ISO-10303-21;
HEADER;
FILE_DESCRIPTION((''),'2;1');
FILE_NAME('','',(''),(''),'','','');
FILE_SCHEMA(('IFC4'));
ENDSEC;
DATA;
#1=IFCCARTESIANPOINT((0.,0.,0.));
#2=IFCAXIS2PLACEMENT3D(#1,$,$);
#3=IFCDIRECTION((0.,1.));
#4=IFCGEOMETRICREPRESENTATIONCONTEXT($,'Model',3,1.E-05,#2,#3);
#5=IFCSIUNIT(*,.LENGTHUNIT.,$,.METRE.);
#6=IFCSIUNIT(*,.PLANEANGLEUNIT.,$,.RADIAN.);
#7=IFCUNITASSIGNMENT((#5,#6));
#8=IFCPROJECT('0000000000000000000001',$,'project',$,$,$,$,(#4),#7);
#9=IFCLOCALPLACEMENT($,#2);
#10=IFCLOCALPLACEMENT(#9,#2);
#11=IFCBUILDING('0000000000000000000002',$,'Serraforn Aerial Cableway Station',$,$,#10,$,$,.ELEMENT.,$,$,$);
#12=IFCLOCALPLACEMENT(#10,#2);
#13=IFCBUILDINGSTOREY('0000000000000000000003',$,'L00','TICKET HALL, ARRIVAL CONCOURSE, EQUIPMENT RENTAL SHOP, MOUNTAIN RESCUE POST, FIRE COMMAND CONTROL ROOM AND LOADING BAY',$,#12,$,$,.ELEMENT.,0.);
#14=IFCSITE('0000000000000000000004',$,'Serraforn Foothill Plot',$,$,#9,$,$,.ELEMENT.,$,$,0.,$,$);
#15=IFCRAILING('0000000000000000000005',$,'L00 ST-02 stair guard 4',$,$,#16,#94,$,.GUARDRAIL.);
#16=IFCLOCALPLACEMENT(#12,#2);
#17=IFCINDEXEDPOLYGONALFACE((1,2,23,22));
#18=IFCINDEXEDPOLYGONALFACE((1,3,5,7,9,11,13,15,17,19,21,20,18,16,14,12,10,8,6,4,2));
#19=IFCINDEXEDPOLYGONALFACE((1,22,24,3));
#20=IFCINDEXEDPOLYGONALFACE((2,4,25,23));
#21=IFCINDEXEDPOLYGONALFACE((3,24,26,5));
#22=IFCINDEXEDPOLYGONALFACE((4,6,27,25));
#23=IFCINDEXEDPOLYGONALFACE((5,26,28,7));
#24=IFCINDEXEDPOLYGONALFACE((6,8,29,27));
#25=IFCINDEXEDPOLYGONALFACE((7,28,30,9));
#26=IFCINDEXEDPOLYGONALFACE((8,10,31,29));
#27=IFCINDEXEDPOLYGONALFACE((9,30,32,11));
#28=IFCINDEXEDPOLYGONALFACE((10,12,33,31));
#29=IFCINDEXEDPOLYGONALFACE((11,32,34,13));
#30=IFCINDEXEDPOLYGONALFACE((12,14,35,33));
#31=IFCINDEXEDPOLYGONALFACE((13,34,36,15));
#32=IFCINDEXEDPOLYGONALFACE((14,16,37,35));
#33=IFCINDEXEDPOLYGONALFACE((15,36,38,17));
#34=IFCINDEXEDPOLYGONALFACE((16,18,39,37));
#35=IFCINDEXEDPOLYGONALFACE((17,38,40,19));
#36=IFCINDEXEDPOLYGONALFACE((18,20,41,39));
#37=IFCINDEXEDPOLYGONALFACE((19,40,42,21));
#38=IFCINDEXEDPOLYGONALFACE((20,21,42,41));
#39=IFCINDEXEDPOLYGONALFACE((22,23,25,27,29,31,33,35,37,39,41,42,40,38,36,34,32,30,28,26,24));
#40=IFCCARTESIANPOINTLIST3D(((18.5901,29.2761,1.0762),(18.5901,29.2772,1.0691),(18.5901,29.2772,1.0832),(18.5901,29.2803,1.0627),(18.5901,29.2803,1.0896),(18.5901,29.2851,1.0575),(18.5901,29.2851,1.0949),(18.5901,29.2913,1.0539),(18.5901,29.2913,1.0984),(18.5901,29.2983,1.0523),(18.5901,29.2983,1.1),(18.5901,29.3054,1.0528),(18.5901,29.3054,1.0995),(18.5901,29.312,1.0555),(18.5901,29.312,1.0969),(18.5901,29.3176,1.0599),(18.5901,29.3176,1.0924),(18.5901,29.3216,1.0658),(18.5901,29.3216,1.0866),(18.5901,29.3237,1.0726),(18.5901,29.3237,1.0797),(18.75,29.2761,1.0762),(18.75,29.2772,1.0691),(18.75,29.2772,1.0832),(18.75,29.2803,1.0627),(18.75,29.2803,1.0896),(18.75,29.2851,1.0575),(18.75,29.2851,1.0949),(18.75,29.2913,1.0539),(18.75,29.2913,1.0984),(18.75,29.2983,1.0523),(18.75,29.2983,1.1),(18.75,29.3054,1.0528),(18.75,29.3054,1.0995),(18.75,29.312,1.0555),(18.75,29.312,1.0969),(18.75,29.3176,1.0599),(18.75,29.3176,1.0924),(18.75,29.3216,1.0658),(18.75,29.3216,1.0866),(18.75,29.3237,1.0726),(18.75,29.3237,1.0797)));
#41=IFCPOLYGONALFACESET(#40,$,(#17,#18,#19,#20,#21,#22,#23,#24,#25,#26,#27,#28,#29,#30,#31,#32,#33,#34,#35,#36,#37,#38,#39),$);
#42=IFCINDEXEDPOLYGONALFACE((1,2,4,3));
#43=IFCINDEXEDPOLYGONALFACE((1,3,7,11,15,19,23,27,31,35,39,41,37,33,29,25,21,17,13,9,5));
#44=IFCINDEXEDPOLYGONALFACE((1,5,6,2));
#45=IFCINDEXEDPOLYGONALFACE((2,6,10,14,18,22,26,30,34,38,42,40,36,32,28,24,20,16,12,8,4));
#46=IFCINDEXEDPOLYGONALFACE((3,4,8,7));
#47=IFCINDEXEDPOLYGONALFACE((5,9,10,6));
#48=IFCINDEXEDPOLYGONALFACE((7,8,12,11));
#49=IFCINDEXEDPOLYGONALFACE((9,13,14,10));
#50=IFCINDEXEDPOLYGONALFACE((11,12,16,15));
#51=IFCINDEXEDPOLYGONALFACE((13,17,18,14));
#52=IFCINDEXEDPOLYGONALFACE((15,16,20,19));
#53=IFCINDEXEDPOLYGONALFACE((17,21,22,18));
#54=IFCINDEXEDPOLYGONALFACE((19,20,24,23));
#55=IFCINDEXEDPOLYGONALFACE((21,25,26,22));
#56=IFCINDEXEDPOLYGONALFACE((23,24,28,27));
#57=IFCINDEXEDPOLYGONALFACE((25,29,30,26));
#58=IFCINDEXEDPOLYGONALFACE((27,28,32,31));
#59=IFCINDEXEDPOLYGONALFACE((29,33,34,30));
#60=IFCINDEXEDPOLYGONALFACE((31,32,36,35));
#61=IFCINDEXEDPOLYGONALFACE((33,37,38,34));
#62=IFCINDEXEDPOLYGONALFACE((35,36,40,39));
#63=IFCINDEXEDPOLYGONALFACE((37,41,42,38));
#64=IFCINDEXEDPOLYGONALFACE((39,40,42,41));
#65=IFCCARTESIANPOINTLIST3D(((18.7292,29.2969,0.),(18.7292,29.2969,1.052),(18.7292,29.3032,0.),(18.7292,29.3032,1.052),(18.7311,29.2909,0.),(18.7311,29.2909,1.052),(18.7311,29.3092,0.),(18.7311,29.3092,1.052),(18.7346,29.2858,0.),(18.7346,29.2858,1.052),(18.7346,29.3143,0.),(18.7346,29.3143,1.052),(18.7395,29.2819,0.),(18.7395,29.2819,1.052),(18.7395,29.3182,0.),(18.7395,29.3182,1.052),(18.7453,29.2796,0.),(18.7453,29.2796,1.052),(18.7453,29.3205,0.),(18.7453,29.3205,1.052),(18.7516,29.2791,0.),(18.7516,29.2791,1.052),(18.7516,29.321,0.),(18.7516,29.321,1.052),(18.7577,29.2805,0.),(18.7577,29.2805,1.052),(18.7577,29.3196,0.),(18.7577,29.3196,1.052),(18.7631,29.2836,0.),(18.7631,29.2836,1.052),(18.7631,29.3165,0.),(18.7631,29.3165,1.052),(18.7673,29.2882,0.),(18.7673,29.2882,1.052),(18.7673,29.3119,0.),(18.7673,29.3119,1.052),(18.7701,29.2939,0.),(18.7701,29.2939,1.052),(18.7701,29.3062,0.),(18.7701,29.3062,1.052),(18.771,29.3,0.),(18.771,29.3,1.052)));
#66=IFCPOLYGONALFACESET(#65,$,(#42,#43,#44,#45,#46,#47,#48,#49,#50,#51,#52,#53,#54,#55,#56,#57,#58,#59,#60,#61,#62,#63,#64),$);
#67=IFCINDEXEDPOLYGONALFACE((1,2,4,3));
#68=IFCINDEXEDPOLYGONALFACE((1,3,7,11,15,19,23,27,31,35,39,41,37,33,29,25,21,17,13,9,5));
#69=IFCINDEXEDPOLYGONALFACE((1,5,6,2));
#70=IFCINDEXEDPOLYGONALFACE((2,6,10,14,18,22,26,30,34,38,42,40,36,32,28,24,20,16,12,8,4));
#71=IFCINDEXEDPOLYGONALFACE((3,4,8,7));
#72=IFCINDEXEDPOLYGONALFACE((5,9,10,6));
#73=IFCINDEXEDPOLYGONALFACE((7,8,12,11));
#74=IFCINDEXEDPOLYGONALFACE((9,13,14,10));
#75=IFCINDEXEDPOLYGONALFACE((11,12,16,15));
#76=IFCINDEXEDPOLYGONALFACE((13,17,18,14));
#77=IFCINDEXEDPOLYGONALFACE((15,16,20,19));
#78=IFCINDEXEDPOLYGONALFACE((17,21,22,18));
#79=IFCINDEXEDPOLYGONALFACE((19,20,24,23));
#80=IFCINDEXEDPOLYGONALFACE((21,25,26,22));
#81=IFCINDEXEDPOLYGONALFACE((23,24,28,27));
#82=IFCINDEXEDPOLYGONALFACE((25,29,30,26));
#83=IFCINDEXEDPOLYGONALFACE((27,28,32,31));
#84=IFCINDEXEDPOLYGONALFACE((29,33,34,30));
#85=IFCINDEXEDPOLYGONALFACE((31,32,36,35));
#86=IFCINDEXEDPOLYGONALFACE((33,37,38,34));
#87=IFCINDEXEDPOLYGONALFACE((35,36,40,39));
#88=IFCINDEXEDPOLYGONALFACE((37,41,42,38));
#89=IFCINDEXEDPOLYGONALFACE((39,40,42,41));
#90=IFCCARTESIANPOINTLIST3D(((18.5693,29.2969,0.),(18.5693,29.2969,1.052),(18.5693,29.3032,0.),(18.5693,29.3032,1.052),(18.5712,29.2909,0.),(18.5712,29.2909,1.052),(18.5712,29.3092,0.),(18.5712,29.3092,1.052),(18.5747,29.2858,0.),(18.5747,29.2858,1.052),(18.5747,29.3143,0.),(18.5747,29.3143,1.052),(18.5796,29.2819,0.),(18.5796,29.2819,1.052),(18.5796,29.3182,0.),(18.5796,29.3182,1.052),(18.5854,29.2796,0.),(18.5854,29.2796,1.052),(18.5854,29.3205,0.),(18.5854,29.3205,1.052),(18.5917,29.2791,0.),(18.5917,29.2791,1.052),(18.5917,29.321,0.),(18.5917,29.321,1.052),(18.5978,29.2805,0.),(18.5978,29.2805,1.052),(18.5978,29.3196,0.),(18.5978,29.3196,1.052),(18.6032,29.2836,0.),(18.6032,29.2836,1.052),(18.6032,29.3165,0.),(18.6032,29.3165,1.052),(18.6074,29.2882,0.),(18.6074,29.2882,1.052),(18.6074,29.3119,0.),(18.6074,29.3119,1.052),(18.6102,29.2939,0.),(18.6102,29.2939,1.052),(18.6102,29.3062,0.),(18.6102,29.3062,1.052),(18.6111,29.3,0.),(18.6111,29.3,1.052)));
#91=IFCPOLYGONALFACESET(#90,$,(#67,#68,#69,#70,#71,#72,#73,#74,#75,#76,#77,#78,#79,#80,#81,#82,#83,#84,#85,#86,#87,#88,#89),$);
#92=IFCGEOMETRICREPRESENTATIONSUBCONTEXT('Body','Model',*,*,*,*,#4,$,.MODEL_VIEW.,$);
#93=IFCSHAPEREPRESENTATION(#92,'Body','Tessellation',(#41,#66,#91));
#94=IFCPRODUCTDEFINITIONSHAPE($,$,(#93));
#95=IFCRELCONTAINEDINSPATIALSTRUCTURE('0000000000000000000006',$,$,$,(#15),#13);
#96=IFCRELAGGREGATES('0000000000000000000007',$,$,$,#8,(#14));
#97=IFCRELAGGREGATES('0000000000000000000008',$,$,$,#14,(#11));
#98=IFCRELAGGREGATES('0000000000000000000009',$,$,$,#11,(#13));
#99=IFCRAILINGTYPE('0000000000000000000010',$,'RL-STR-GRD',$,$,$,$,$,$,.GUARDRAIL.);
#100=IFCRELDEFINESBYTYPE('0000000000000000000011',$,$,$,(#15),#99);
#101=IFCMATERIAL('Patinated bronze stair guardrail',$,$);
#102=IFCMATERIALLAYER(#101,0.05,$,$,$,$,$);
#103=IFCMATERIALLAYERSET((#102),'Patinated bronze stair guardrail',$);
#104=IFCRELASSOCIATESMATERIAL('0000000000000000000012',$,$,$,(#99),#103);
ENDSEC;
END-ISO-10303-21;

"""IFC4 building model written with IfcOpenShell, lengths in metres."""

from ifc_helpers import new_model, si_unit, direction, frame, origin, origin_2d, place, context, subcontext, project, spatial, circle, extrude, material, layer, layer_set, type_object, element, save


model = new_model("IFC4")

# Units and contexts
model_context = context("Model", 3, precision=1e-05, world=origin(), true_north=direction((0.0, 1.0)))
body_context = subcontext(model_context, "Body", "Model", "MODEL_VIEW")
ifc_project = project(units=[si_unit("LENGTHUNIT", "METRE"), si_unit("PLANEANGLEUNIT", "RADIAN")], contexts=[model_context])

# Site, building, storey
site_placement = place(None, origin())
site = spatial("IfcSite", under=ifc_project, at=site_placement, Name="Serraforn Foothill Plot", CompositionType="ELEMENT", RefElevation=0.0)
building_placement = place(site_placement, origin())
building = spatial("IfcBuilding", under=site, at=building_placement, Name="Serraforn Aerial Cableway Station", CompositionType="ELEMENT")
storey_placement = place(building_placement, origin())
storey = spatial("IfcBuildingStorey", under=building, at=storey_placement, Name="L00", Description="TICKET HALL, ARRIVAL CONCOURSE, EQUIPMENT RENTAL SHOP, MOUNTAIN RESCUE POST, FIRE COMMAND CONTROL ROOM AND LOADING BAY", CompositionType="ELEMENT", Elevation=0.0)

# Railing
ifc_material_1 = material(Name="Patinated bronze stair guardrail")
ifc_layer_1 = layer(ifc_material_1, 0.05)
ifc_layer_set_1 = layer_set([ifc_layer_1], Name="Patinated bronze stair guardrail")
railing_type_1 = type_object("IfcRailingType", Name="RL-STR-GRD", PredefinedType="GUARDRAIL", material=ifc_layer_set_1)
railing_1_placement = place(storey_placement, frame((18.75, 29.3, 0.0)))
element("IfcRailing", 1, at=railing_1_placement, inside=storey, type_object=railing_type_1, Name="L00 ST-02 stair guard 4", PredefinedType="GUARDRAIL", context=body_context, shape_type="SweptSolid", body=[
    extrude(circle(Radius=0.0239, at=origin_2d()), frame((0.0, 0.0, 1.0762), z_axis=(-1.0, 0.0, 0.0), x_axis=(0.0, -1.0, 0.0)), (0.0, 0.0, 1.0), 0.1599),
    extrude(circle(Radius=0.021, at=origin_2d()), origin(), (0.0, 0.0, 1.0), 1.052),
    extrude(circle(Radius=0.021, at=origin_2d()), frame((-0.1599, 0.0, 0.0)), (0.0, 0.0, 1.0), 1.052),
])

save(model, "model.ifc")
